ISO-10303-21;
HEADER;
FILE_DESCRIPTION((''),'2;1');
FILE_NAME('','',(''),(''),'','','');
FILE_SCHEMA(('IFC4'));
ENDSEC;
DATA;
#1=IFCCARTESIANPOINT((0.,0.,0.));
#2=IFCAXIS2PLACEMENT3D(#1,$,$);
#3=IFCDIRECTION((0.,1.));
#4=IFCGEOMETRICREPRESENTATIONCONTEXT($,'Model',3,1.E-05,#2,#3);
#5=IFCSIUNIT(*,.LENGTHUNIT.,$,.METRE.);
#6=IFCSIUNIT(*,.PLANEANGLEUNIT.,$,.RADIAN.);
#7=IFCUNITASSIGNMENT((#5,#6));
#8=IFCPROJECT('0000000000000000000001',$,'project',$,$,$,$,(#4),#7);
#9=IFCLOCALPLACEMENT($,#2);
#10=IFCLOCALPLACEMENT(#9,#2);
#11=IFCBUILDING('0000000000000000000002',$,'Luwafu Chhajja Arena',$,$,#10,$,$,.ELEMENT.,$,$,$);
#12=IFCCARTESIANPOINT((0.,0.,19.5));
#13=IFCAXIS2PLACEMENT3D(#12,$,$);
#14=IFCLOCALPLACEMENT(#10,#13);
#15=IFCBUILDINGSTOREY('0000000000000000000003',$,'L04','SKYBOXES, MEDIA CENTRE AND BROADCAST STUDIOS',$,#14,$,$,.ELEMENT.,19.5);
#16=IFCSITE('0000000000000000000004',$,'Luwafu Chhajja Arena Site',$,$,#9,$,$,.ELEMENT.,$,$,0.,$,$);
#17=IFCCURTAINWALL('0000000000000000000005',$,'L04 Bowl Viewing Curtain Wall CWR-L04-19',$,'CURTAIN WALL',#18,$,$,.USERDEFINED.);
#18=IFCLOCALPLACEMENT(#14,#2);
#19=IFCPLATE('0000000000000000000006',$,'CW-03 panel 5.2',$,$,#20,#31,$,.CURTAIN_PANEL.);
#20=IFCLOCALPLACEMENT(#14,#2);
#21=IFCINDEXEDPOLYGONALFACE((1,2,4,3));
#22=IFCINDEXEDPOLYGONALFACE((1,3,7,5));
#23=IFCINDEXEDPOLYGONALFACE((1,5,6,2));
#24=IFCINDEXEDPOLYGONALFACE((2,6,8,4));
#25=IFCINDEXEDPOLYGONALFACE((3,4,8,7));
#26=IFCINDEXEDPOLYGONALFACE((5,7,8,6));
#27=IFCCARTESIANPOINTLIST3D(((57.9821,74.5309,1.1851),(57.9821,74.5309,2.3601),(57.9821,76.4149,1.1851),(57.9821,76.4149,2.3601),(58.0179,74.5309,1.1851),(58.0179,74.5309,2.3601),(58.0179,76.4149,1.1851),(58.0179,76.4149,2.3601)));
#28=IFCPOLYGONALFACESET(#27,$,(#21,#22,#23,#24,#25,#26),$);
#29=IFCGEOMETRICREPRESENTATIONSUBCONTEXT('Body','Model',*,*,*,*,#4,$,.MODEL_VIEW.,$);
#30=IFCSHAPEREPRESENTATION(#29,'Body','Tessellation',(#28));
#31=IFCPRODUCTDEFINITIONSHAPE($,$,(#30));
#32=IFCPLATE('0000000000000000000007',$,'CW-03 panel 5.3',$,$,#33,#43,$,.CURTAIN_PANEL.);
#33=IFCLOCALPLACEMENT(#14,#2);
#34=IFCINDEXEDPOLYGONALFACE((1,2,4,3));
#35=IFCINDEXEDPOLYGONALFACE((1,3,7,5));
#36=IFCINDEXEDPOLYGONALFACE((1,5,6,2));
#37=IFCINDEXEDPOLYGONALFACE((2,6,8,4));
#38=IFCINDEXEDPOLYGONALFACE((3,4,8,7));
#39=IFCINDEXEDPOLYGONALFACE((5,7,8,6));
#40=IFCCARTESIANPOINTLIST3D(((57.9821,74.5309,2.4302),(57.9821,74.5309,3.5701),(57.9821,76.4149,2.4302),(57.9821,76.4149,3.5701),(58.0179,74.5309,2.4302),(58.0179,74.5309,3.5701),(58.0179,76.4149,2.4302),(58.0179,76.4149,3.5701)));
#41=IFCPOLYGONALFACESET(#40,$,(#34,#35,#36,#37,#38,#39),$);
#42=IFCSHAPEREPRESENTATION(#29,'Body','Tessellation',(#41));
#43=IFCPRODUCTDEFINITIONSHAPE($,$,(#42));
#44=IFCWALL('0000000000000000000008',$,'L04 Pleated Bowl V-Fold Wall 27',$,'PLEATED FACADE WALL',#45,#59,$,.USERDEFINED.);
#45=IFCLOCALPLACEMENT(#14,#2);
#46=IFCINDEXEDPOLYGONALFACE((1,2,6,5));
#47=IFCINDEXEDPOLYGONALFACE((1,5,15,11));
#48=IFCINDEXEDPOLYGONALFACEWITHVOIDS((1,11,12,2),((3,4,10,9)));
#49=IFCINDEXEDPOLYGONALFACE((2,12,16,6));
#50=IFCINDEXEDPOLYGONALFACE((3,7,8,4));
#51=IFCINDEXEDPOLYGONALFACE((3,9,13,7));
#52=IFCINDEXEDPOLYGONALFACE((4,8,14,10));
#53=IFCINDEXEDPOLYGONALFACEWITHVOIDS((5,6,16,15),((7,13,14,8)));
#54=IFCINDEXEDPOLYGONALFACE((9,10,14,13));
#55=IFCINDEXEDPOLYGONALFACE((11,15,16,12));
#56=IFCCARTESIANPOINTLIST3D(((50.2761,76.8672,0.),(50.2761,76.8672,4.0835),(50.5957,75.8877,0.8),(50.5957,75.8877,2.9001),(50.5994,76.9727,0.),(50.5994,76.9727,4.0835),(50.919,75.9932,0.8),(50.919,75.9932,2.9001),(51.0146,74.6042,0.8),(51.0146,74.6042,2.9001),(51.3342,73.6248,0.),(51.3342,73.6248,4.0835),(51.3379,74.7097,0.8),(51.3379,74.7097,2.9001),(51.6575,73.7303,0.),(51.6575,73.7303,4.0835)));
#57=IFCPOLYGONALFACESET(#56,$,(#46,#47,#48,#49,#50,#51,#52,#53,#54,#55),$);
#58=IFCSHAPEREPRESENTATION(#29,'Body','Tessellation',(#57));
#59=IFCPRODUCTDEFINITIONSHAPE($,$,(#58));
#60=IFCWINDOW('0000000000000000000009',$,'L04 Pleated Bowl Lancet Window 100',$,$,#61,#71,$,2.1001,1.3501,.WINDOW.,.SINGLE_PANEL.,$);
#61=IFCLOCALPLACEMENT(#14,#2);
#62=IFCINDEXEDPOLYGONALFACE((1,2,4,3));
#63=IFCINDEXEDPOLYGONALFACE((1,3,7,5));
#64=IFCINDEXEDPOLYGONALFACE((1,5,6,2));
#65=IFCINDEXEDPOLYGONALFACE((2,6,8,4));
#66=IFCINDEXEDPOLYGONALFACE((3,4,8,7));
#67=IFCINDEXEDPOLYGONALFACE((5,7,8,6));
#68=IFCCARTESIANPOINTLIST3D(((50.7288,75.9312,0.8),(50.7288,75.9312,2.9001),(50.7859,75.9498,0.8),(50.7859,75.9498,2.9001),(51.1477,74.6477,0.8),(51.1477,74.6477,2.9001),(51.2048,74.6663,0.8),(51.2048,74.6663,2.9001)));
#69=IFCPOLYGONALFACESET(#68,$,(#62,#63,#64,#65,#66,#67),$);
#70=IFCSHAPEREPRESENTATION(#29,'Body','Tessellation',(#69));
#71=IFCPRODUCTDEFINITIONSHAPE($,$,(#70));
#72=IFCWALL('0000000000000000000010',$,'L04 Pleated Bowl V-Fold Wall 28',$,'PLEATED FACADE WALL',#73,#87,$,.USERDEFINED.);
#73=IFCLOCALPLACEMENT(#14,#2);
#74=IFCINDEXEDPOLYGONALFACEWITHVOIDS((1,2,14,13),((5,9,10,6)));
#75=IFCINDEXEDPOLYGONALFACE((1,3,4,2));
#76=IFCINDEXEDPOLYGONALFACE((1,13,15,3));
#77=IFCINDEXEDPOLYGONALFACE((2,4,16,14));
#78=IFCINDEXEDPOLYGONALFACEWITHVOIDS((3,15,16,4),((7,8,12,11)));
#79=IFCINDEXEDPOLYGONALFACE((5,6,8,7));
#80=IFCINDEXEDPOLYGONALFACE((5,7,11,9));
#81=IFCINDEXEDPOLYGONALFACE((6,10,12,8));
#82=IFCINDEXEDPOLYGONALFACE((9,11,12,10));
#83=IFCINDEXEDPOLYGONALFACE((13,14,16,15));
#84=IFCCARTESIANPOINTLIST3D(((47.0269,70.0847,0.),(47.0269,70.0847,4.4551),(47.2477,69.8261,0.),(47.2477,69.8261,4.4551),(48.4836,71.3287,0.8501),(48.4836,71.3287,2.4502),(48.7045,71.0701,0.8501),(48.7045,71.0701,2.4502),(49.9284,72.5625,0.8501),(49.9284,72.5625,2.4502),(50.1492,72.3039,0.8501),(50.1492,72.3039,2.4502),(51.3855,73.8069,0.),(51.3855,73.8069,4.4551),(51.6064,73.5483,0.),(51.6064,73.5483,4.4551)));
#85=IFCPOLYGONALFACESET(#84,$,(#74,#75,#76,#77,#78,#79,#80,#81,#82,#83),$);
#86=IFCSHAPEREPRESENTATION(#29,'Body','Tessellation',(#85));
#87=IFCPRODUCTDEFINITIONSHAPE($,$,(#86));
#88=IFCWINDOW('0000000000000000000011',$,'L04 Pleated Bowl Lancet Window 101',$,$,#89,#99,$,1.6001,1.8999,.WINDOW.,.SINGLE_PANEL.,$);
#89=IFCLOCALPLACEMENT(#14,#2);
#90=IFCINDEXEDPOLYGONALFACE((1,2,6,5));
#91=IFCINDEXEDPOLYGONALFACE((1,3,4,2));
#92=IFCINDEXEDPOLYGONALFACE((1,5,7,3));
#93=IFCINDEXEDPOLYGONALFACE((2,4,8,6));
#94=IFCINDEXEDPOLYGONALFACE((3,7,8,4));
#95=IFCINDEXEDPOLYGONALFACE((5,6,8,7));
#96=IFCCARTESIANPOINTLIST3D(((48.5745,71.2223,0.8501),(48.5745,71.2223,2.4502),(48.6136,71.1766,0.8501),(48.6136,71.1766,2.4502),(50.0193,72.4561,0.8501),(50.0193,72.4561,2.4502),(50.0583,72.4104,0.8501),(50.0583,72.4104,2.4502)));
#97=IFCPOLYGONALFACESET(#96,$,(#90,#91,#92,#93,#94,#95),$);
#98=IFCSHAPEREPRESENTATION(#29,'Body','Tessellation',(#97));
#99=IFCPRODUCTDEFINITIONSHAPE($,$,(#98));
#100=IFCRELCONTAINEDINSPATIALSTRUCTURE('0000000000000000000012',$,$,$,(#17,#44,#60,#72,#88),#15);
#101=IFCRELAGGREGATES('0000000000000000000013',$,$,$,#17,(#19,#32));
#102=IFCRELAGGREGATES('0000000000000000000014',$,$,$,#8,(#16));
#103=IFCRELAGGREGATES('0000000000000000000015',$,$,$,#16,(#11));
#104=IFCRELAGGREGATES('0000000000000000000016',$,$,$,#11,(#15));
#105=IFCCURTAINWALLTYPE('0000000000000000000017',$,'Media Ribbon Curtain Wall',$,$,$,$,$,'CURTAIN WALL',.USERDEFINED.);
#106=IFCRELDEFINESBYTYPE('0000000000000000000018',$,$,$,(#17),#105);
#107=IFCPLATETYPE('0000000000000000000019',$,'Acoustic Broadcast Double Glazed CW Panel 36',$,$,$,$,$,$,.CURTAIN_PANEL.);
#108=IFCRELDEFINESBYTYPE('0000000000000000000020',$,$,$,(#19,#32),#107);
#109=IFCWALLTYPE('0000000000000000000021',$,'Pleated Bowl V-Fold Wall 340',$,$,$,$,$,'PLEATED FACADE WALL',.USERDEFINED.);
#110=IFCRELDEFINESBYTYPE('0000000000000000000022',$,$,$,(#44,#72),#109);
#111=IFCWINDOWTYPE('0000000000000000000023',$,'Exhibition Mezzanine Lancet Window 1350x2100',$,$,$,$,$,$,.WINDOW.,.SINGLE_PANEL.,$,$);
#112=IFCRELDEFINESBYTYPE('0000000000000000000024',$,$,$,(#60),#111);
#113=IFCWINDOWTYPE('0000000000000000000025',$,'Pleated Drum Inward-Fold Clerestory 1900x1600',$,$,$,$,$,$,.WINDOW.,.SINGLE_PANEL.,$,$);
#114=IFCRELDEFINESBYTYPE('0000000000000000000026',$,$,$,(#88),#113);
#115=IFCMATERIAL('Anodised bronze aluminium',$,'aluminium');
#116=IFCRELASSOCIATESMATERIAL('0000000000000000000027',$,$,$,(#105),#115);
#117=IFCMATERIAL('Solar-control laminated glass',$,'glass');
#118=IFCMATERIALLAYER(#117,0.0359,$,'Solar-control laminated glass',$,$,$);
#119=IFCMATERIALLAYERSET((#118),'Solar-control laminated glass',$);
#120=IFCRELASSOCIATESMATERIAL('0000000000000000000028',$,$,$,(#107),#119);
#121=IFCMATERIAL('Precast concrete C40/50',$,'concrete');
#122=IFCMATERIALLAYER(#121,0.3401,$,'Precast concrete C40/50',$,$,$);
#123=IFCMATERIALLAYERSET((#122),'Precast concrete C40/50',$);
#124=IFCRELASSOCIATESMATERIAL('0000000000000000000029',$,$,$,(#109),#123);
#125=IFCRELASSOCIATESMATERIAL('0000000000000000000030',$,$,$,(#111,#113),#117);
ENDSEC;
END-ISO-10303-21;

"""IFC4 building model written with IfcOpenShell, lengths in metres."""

from ifc_helpers import new_model, si_unit, direction, frame, frame_2d, origin, origin_2d, place, context, subcontext, project, spatial, rectangle, extrude, material, layer, layer_set, type_object, element, fill, aggregate, save


model = new_model("IFC4")

# Units and contexts
model_context = context("Model", 3, precision=1e-05, world=origin(), true_north=direction((0.0, 1.0)))
body_context = subcontext(model_context, "Body", "Model", "MODEL_VIEW")
ifc_project = project(units=[si_unit("LENGTHUNIT", "METRE"), si_unit("PLANEANGLEUNIT", "RADIAN")], contexts=[model_context])

# Site, building, storey
site_placement = place(None, origin())
site = spatial("IfcSite", under=ifc_project, at=site_placement, Name="Luwafu Chhajja Arena Site", CompositionType="ELEMENT", RefElevation=0.0)
building_placement = place(site_placement, origin())
building = spatial("IfcBuilding", under=site, at=building_placement, Name="Luwafu Chhajja Arena", CompositionType="ELEMENT")
storey_placement = place(building_placement, frame((0.0, 0.0, 19.5)))
storey = spatial("IfcBuildingStorey", under=building, at=storey_placement, Name="L04", Description="SKYBOXES, MEDIA CENTRE AND BROADCAST STUDIOS", CompositionType="ELEMENT", Elevation=19.5)

# Curtain wall
ifc_material_1 = material(Name="Anodised bronze aluminium", Category="aluminium")
curtain_wall_type = type_object("IfcCurtainWallType", Name="Media Ribbon Curtain Wall", ElementType="CURTAIN WALL", PredefinedType="USERDEFINED", material=ifc_material_1)
curtain_wall_placement = place(storey_placement, origin())
curtain_wall = element("IfcCurtainWall", 1, at=curtain_wall_placement, inside=storey, type_object=curtain_wall_type, Name="L04 Bowl Viewing Curtain Wall CWR-L04-19", ObjectType="CURTAIN WALL", PredefinedType="USERDEFINED")

# Plates
ifc_material_2 = material(Name="Solar-control laminated glass", Category="glass")
ifc_layer_1 = layer(ifc_material_2, 0.0359, Name="Solar-control laminated glass")
ifc_layer_set_1 = layer_set([ifc_layer_1], Name="Solar-control laminated glass")
plate_type = type_object("IfcPlateType", Name="Acoustic Broadcast Double Glazed CW Panel 36", PredefinedType="CURTAIN_PANEL", material=ifc_layer_set_1)
plate_1_placement = place(storey_placement, frame((58.0, 75.4729, 1.1851), z_axis=(0.0, 0.0, 1.0), x_axis=(0.0, 1.0, 0.0)))
plate_1 = element("IfcPlate", 2, at=plate_1_placement, type_object=plate_type, Name="CW-03 panel 5.2", PredefinedType="CURTAIN_PANEL", context=body_context, shape_type="SweptSolid", body=[
    extrude(rectangle(XDim=1.884, YDim=0.0359, at=origin_2d()), origin(), (0.0, 0.0, 1.0), 1.175),
])
plate_2_placement = place(storey_placement, frame((58.0, 75.4729, 2.4302), z_axis=(0.0, 0.0, 1.0), x_axis=(0.0, 1.0, 0.0)))
plate_2 = element("IfcPlate", 3, at=plate_2_placement, type_object=plate_type, Name="CW-03 panel 5.3", PredefinedType="CURTAIN_PANEL", context=body_context, shape_type="SweptSolid", body=[
    extrude(rectangle(XDim=1.884, YDim=0.0359, at=origin_2d()), origin(), (0.0, 0.0, 1.0), 1.1399),
])
aggregate(curtain_wall, [plate_1, plate_2])

# Walls, openings, windows
ifc_material_3 = material(Name="Precast concrete C40/50", Category="concrete")
ifc_layer_2 = layer(ifc_material_3, 0.3401, Name="Precast concrete C40/50")
ifc_layer_set_2 = layer_set([ifc_layer_2], Name="Precast concrete C40/50")
wall_type = type_object("IfcWallType", Name="Pleated Bowl V-Fold Wall 340", ElementType="PLEATED FACADE WALL", PredefinedType="USERDEFINED", material=ifc_layer_set_2)
wall_1_placement = place(storey_placement, frame((50.4377, 76.9199, 0.0), z_axis=(0.0, 0.0, 1.0), x_axis=(0.31023, -0.950661, 0.0)))
wall_1 = element("IfcWall", 4, at=wall_1_placement, inside=storey, type_object=wall_type, Name="L04 Pleated Bowl V-Fold Wall 27", ObjectType="PLEATED FACADE WALL", PredefinedType="USERDEFINED", context=body_context, shape_type="SweptSolid", body=[
    extrude(rectangle(XDim=3.4106, YDim=0.3401, at=frame_2d((1.7053, 0.0))), origin(), (0.0, 0.0, 1.0), 4.0835),
])
opening_1_placement = place(wall_1_placement, frame((1.0303, 0.0, 0.8)))
opening_1 = element("IfcOpeningElement", 5, at=opening_1_placement, cuts=wall_1, PredefinedType="OPENING", context=body_context, shape_type="SweptSolid", body=[
    extrude(rectangle(XDim=1.3501, YDim=2.1001, at=frame_2d((0.675, 1.05))), frame((0.0, 0.1799, 0.0), z_axis=(0.0, -1.0, 0.0), x_axis=(1.0, 0.0, 0.0)), (0.0, 0.0, 1.0), 0.3601),
])
window_type_1 = type_object("IfcWindowType", Name="Exhibition Mezzanine Lancet Window 1350x2100", PartitioningType="SINGLE_PANEL", PredefinedType="WINDOW", material=ifc_material_2)
window_1_placement = place(opening_1_placement, origin())
window_1 = element("IfcWindow", 6, at=window_1_placement, inside=storey, type_object=window_type_1, Name="L04 Pleated Bowl Lancet Window 100", OverallHeight=2.1001, OverallWidth=1.3501, PartitioningType="SINGLE_PANEL", PredefinedType="WINDOW", context=body_context, shape_type="SweptSolid", body=[
    extrude(rectangle(XDim=1.3501, YDim=2.1001, at=frame_2d((0.675, 1.05))), frame((0.0, 0.03, 0.0), z_axis=(0.0, -1.0, 0.0), x_axis=(1.0, 0.0, 0.0)), (0.0, 0.0, 1.0), 0.0601),
])
fill(opening_1, window_1)
wall_2_placement = place(storey_placement, frame((51.4958, 73.6775, 0.0), z_axis=(0.0, 0.0, 1.0), x_axis=(-0.760446, -0.649401, 0.0)))
wall_2 = element("IfcWall", 7, at=wall_2_placement, inside=storey, type_object=wall_type, Name="L04 Pleated Bowl V-Fold Wall 28", ObjectType="PLEATED FACADE WALL", PredefinedType="USERDEFINED", context=body_context, shape_type="SweptSolid", body=[
    extrude(rectangle(XDim=5.7317, YDim=0.3401, at=frame_2d((2.8657, 0.0))), origin(), (0.0, 0.0, 1.0), 4.4551),
])
opening_2_placement = place(wall_2_placement, frame((1.916, 0.0, 0.8501)))
opening_2 = element("IfcOpeningElement", 8, at=opening_2_placement, cuts=wall_2, PredefinedType="OPENING", context=body_context, shape_type="SweptSolid", body=[
    extrude(rectangle(XDim=1.8999, YDim=1.6001, at=frame_2d((0.95, 0.8))), frame((0.0, 0.1799, 0.0), z_axis=(0.0, -1.0, 0.0), x_axis=(1.0, 0.0, 0.0)), (0.0, 0.0, 1.0), 0.3601),
])
window_type_2 = type_object("IfcWindowType", Name="Pleated Drum Inward-Fold Clerestory 1900x1600", PartitioningType="SINGLE_PANEL", PredefinedType="WINDOW", material=ifc_material_2)
window_2_placement = place(opening_2_placement, origin())
window_2 = element("IfcWindow", 9, at=window_2_placement, inside=storey, type_object=window_type_2, Name="L04 Pleated Bowl Lancet Window 101", OverallHeight=1.6001, OverallWidth=1.8999, PartitioningType="SINGLE_PANEL", PredefinedType="WINDOW", context=body_context, shape_type="SweptSolid", body=[
    extrude(rectangle(XDim=1.8999, YDim=1.6001, at=frame_2d((0.95, 0.8))), frame((0.0, 0.03, 0.0), z_axis=(0.0, -1.0, 0.0), x_axis=(1.0, 0.0, 0.0)), (0.0, 0.0, 1.0), 0.0601),
])
fill(opening_2, window_2)

save(model, "model.ifc")
